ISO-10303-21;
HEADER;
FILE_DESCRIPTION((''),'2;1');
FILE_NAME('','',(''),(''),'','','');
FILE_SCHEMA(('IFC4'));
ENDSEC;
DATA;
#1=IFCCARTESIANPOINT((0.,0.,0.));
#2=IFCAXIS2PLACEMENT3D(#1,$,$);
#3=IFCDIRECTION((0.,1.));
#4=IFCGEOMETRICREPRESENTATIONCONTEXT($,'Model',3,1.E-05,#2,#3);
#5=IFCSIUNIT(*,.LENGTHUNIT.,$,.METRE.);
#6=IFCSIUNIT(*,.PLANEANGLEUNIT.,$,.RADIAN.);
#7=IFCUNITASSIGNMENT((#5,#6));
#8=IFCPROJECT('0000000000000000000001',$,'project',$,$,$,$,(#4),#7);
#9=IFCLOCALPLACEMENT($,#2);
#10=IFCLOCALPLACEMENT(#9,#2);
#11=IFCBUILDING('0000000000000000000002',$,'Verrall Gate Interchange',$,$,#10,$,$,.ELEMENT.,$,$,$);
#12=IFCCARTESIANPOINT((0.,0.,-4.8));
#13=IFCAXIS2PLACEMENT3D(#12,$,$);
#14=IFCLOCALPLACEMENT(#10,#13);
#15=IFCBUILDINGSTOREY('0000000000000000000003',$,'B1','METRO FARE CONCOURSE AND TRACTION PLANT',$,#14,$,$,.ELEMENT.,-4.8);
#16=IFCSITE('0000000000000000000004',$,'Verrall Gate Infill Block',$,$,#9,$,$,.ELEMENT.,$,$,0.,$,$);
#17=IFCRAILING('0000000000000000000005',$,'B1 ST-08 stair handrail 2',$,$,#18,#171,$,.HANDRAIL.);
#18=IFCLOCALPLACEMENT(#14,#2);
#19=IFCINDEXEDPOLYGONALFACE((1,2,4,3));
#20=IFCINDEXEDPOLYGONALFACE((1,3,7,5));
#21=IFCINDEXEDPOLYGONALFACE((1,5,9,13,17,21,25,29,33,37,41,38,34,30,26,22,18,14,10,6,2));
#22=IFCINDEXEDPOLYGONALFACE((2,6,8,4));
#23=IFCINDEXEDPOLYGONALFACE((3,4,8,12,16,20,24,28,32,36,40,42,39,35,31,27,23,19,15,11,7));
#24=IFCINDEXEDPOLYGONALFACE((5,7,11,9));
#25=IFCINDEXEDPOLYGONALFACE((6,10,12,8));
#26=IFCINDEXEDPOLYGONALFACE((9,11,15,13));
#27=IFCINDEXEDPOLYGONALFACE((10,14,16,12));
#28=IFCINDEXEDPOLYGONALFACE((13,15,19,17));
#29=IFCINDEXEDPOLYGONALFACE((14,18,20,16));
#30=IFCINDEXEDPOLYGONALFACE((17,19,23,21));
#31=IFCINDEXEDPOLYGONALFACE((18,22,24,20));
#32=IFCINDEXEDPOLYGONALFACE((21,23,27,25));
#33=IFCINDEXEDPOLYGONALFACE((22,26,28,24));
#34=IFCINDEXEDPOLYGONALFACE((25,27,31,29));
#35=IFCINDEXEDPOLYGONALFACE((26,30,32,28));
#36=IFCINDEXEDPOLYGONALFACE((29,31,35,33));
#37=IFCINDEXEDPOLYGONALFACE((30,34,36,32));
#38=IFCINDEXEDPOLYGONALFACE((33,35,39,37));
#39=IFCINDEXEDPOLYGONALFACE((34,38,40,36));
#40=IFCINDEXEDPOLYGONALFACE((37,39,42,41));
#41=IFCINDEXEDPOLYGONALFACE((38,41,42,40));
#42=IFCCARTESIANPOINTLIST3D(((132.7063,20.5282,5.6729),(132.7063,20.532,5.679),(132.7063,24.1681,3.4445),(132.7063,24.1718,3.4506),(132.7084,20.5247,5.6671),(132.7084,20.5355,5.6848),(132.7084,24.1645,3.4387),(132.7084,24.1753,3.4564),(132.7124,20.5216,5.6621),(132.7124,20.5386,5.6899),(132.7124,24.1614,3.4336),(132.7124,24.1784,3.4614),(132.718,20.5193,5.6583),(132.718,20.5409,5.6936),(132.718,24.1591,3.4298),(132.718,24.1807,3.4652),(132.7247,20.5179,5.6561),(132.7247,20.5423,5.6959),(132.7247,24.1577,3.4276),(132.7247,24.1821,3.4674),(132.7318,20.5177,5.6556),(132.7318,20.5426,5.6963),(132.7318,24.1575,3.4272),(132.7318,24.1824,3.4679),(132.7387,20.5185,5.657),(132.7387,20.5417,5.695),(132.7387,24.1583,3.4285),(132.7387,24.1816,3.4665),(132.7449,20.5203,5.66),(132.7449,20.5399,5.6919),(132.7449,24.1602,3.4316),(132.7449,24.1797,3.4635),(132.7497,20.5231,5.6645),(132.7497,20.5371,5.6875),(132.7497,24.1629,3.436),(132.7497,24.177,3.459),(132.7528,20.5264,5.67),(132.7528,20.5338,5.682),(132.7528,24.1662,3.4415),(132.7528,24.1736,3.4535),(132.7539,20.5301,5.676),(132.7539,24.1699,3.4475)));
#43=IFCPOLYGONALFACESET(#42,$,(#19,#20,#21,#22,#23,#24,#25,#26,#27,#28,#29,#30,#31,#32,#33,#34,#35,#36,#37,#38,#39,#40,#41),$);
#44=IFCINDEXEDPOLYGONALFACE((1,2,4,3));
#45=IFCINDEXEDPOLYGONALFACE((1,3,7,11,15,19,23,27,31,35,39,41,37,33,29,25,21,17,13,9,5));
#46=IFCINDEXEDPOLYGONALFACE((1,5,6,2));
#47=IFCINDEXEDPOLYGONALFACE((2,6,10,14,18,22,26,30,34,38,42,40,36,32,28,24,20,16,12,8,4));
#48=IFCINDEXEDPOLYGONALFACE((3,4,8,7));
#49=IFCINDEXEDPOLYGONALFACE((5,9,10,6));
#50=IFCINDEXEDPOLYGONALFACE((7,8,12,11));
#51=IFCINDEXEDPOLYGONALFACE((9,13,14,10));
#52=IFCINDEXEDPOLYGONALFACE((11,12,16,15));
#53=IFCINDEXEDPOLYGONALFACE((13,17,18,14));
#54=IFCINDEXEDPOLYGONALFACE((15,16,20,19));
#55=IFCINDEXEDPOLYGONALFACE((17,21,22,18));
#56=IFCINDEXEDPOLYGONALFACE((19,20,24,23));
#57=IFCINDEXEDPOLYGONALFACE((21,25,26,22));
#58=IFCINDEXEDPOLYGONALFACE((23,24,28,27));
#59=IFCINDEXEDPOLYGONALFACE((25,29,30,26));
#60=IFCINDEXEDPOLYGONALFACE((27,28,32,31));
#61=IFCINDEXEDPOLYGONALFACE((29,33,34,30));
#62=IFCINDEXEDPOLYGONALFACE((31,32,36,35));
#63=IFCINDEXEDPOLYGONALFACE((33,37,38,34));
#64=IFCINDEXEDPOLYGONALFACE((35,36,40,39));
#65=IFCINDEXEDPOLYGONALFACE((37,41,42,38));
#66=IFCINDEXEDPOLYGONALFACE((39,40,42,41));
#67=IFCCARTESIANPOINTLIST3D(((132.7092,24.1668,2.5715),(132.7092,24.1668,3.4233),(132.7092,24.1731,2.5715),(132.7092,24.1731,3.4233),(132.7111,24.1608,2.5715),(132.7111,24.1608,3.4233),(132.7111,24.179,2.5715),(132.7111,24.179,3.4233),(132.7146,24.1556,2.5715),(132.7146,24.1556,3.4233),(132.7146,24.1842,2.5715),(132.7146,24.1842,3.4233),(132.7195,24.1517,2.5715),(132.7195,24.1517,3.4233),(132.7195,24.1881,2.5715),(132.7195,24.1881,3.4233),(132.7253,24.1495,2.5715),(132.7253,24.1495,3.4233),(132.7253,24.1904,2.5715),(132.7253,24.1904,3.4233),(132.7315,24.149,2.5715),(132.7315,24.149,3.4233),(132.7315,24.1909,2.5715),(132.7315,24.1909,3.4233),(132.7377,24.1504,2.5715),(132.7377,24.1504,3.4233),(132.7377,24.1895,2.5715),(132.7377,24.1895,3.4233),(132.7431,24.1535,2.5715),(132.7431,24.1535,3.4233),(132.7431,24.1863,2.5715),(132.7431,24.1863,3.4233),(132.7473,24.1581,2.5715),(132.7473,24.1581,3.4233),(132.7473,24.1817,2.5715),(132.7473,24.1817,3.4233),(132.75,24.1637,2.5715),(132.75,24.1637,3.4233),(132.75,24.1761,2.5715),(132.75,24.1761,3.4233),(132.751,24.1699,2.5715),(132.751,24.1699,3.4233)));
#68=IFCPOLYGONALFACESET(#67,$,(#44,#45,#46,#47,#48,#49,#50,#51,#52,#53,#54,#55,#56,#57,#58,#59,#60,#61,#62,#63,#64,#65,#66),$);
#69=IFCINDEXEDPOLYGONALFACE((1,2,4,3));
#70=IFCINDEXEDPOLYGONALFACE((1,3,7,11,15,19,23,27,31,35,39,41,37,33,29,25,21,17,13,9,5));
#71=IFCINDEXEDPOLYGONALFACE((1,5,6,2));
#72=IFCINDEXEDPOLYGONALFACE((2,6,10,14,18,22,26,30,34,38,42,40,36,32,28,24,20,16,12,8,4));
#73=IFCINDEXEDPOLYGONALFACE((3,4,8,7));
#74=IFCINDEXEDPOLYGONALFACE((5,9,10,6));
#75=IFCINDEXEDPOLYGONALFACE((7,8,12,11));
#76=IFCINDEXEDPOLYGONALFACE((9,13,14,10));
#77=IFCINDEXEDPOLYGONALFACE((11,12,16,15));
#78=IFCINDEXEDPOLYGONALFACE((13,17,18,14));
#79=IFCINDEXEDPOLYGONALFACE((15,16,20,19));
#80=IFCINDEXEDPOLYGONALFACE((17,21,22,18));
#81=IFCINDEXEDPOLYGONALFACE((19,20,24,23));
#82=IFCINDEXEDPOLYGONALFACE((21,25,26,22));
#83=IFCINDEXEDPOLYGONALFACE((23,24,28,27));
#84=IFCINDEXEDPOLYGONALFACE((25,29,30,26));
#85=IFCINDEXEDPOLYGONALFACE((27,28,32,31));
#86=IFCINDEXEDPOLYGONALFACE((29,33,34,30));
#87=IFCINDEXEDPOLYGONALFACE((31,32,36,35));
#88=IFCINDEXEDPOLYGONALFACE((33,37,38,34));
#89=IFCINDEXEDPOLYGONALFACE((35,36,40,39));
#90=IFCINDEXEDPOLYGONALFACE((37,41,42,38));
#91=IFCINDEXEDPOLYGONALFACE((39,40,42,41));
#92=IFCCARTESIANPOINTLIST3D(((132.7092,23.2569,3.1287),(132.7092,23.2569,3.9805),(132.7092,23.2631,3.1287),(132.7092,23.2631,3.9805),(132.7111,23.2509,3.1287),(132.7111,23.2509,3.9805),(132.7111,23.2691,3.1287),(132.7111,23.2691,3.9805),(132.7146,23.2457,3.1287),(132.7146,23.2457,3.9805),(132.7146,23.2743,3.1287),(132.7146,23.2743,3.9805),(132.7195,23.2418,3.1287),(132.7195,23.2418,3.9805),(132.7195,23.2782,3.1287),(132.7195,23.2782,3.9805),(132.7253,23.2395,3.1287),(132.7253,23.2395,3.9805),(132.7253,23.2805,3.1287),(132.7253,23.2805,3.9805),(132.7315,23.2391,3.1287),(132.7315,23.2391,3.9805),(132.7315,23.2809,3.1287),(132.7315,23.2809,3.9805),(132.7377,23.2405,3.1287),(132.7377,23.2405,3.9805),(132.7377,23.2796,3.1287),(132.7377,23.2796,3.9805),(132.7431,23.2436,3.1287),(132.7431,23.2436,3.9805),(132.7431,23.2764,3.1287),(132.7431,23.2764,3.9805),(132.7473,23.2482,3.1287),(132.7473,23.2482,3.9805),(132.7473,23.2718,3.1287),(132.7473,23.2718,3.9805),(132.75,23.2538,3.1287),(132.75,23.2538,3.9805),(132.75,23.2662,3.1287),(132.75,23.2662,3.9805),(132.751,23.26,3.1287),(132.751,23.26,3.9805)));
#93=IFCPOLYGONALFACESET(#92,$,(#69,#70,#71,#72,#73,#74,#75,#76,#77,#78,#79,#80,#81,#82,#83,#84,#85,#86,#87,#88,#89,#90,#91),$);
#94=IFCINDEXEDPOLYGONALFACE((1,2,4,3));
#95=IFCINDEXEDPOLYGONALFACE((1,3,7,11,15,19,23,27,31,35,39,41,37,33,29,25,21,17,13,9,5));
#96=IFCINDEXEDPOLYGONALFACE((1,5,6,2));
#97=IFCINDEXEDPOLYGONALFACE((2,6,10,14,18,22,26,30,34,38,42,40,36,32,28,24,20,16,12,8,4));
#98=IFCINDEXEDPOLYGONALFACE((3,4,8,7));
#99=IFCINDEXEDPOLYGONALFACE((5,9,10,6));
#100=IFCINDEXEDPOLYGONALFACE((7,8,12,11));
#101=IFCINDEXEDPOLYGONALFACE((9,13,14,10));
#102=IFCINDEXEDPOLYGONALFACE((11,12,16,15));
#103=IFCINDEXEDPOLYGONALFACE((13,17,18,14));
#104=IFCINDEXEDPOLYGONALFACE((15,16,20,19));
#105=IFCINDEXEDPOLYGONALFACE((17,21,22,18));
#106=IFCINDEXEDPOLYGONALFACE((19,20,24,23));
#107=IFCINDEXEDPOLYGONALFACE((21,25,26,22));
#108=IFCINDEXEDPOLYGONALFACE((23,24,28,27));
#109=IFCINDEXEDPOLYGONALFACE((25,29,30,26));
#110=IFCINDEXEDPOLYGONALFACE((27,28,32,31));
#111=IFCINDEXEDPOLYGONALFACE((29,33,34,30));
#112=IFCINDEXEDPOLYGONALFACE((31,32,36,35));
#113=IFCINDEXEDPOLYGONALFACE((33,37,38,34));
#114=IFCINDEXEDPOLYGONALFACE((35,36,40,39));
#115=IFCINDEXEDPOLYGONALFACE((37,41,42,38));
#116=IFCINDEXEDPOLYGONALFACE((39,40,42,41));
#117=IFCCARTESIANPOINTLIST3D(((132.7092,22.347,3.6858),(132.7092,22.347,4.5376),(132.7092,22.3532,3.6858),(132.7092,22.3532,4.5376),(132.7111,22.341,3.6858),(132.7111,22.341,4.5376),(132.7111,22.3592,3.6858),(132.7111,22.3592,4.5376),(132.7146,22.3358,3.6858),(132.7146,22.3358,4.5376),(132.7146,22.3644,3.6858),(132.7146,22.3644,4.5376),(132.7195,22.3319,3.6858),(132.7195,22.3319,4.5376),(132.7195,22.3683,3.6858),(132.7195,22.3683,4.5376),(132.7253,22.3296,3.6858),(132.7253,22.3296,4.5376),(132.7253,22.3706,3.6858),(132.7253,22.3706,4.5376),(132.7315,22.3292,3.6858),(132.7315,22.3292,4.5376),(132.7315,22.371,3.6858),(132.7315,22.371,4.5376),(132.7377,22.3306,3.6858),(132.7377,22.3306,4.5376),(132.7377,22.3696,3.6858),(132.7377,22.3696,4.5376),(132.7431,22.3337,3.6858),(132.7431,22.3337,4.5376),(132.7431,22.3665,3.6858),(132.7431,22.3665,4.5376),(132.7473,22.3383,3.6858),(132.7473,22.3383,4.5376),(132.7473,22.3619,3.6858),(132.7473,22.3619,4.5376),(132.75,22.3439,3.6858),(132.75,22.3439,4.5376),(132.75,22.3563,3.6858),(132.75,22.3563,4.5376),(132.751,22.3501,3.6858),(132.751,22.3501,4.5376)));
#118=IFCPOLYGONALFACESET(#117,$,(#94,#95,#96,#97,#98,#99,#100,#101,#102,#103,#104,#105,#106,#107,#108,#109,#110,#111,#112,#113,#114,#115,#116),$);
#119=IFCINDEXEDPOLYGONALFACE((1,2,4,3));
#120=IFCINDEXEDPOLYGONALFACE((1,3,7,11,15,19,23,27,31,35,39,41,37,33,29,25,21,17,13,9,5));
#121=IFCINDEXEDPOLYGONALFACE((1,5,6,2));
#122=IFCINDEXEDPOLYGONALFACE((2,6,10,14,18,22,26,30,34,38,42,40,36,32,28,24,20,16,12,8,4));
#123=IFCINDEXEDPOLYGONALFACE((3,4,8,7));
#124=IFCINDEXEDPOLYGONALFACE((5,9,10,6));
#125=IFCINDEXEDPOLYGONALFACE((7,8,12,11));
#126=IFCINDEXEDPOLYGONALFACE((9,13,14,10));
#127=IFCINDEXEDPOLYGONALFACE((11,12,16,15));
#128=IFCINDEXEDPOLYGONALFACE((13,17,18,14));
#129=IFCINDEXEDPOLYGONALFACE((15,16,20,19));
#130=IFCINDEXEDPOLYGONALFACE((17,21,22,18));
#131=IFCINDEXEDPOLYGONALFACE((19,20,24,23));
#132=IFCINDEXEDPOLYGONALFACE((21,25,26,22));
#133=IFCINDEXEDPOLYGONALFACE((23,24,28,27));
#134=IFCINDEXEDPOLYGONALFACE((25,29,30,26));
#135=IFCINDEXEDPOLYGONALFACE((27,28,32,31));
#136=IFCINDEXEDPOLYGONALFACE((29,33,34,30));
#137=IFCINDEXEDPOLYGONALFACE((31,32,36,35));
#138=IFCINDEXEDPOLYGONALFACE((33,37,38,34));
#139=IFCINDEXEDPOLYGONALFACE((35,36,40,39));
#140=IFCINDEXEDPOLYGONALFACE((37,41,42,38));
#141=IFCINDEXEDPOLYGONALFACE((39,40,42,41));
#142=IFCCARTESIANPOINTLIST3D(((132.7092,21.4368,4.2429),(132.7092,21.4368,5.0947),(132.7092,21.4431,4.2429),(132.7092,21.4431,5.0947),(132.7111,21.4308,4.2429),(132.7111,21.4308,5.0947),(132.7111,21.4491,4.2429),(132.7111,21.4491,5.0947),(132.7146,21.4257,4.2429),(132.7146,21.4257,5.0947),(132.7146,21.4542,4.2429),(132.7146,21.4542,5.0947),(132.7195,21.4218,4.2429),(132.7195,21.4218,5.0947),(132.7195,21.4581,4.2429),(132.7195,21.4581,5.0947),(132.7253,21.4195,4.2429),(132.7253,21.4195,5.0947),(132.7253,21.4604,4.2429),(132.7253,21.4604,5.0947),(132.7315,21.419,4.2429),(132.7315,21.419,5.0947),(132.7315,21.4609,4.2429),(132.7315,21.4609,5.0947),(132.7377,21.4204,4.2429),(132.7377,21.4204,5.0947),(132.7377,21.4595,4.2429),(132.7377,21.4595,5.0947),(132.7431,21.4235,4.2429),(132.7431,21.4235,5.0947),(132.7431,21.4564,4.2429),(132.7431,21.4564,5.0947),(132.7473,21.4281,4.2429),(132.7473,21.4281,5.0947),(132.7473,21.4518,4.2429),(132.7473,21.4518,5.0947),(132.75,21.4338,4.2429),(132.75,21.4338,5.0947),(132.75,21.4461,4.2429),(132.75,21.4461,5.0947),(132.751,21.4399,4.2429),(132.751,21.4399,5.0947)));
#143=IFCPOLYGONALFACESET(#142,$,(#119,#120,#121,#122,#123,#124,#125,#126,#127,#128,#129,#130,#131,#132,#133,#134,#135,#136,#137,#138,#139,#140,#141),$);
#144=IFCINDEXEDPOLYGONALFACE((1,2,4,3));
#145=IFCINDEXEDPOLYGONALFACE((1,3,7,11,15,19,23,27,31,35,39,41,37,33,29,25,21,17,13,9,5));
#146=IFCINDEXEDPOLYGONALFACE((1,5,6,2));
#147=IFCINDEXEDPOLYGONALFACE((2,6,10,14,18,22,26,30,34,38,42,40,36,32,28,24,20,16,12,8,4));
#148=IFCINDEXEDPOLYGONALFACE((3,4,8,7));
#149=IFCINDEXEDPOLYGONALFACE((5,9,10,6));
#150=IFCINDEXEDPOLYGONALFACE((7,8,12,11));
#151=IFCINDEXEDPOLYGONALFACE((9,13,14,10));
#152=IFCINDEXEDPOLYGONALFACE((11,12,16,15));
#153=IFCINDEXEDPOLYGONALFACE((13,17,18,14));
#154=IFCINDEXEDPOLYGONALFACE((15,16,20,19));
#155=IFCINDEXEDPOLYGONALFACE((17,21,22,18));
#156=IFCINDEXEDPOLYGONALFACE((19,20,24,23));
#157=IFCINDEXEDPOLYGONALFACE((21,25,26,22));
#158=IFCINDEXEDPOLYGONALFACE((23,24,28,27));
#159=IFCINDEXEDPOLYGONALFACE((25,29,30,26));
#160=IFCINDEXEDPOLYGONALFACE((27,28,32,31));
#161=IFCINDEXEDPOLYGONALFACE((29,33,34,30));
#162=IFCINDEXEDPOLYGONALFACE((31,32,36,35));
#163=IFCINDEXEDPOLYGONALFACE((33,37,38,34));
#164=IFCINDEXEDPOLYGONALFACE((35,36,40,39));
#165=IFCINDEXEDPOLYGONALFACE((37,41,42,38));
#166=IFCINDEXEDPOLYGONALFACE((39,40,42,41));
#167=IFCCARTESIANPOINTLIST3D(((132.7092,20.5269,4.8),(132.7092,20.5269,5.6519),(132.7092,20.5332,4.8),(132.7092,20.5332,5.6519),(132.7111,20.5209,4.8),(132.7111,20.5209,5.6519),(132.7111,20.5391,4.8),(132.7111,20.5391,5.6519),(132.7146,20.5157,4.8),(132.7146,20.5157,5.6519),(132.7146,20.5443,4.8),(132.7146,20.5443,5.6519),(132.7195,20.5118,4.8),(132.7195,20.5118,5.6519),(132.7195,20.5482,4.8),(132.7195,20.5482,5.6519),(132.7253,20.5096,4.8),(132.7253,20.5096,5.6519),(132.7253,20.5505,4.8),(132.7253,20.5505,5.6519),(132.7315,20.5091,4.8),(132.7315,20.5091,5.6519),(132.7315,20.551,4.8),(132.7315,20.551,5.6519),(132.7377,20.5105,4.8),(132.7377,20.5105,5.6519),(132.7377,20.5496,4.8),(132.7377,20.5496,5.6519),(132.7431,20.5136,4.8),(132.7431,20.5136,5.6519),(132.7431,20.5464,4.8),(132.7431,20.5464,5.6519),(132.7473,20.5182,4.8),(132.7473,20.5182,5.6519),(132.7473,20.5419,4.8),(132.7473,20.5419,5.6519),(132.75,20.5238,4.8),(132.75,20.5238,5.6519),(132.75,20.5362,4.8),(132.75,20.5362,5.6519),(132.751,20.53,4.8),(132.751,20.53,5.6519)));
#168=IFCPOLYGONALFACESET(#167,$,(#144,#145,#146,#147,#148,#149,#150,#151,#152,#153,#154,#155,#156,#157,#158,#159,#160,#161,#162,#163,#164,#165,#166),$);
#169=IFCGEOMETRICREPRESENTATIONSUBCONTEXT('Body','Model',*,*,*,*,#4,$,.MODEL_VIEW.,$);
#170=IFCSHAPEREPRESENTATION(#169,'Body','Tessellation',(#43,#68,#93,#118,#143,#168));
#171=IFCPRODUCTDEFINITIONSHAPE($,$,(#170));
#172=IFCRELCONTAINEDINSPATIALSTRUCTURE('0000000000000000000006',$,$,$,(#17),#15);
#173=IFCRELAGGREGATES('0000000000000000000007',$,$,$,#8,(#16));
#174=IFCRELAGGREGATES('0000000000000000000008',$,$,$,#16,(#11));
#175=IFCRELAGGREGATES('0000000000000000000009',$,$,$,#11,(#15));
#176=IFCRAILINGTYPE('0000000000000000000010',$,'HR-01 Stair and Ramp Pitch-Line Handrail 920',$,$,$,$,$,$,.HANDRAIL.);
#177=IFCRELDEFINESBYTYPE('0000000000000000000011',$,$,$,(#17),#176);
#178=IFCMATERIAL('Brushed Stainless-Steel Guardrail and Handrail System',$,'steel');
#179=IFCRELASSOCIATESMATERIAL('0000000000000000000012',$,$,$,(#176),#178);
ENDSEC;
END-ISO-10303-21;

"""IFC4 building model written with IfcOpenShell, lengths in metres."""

from ifc_helpers import new_model, si_unit, direction, frame, origin, origin_2d, place, context, subcontext, project, spatial, circle, extrude, material, type_object, element, save


model = new_model("IFC4")

# Units and contexts
model_context = context("Model", 3, precision=1e-05, world=origin(), true_north=direction((0.0, 1.0)))
body_context = subcontext(model_context, "Body", "Model", "MODEL_VIEW")
ifc_project = project(units=[si_unit("LENGTHUNIT", "METRE"), si_unit("PLANEANGLEUNIT", "RADIAN")], contexts=[model_context])

# Site, building, storey
site_placement = place(None, origin())
site = spatial("IfcSite", under=ifc_project, at=site_placement, Name="Verrall Gate Infill Block", CompositionType="ELEMENT", RefElevation=0.0)
building_placement = place(site_placement, origin())
building = spatial("IfcBuilding", under=site, at=building_placement, Name="Verrall Gate Interchange", CompositionType="ELEMENT")
storey_placement = place(building_placement, frame((0.0, 0.0, -4.8)))
storey = spatial("IfcBuildingStorey", under=building, at=storey_placement, Name="B1", Description="METRO FARE CONCOURSE AND TRACTION PLANT", CompositionType="ELEMENT", Elevation=-4.8)

# Railing
ifc_material_1 = material(Name="Brushed Stainless-Steel Guardrail and Handrail System", Category="steel")
railing_type_1 = type_object("IfcRailingType", Name="HR-01 Stair and Ramp Pitch-Line Handrail 920", PredefinedType="HANDRAIL", material=ifc_material_1)
railing_1_placement = place(storey_placement, frame((132.73, 24.1699, 2.5715)))
element("IfcRailing", 1, at=railing_1_placement, inside=storey, type_object=railing_type_1, Name="B1 ST-08 stair handrail 2", PredefinedType="HANDRAIL", context=body_context, shape_type="SweptSolid", body=[
    extrude(circle(Radius=0.0239, at=origin_2d()), frame((0.0, 0.0, 0.876), z_axis=(0.0, -0.85285, 0.522156), x_axis=(1.0, 0.0, 0.0)), (0.0, 0.0, 1.0), 4.2678),
    extrude(circle(Radius=0.021, at=origin_2d()), origin(), (0.0, 0.0, 1.0), 0.8518),
    extrude(circle(Radius=0.021, at=origin_2d()), frame((0.0, -0.9099, 0.5571)), (0.0, 0.0, 1.0), 0.8518),
    extrude(circle(Radius=0.021, at=origin_2d()), frame((0.0, -1.8198, 1.1143)), (0.0, 0.0, 1.0), 0.8518),
    extrude(circle(Radius=0.021, at=origin_2d()), frame((0.0, -2.73, 1.6714)), (0.0, 0.0, 1.0), 0.8518),
    extrude(circle(Radius=0.021, at=origin_2d()), frame((0.0, -3.6399, 2.2285)), (0.0, 0.0, 1.0), 0.8518),
])

save(model, "model.ifc")
